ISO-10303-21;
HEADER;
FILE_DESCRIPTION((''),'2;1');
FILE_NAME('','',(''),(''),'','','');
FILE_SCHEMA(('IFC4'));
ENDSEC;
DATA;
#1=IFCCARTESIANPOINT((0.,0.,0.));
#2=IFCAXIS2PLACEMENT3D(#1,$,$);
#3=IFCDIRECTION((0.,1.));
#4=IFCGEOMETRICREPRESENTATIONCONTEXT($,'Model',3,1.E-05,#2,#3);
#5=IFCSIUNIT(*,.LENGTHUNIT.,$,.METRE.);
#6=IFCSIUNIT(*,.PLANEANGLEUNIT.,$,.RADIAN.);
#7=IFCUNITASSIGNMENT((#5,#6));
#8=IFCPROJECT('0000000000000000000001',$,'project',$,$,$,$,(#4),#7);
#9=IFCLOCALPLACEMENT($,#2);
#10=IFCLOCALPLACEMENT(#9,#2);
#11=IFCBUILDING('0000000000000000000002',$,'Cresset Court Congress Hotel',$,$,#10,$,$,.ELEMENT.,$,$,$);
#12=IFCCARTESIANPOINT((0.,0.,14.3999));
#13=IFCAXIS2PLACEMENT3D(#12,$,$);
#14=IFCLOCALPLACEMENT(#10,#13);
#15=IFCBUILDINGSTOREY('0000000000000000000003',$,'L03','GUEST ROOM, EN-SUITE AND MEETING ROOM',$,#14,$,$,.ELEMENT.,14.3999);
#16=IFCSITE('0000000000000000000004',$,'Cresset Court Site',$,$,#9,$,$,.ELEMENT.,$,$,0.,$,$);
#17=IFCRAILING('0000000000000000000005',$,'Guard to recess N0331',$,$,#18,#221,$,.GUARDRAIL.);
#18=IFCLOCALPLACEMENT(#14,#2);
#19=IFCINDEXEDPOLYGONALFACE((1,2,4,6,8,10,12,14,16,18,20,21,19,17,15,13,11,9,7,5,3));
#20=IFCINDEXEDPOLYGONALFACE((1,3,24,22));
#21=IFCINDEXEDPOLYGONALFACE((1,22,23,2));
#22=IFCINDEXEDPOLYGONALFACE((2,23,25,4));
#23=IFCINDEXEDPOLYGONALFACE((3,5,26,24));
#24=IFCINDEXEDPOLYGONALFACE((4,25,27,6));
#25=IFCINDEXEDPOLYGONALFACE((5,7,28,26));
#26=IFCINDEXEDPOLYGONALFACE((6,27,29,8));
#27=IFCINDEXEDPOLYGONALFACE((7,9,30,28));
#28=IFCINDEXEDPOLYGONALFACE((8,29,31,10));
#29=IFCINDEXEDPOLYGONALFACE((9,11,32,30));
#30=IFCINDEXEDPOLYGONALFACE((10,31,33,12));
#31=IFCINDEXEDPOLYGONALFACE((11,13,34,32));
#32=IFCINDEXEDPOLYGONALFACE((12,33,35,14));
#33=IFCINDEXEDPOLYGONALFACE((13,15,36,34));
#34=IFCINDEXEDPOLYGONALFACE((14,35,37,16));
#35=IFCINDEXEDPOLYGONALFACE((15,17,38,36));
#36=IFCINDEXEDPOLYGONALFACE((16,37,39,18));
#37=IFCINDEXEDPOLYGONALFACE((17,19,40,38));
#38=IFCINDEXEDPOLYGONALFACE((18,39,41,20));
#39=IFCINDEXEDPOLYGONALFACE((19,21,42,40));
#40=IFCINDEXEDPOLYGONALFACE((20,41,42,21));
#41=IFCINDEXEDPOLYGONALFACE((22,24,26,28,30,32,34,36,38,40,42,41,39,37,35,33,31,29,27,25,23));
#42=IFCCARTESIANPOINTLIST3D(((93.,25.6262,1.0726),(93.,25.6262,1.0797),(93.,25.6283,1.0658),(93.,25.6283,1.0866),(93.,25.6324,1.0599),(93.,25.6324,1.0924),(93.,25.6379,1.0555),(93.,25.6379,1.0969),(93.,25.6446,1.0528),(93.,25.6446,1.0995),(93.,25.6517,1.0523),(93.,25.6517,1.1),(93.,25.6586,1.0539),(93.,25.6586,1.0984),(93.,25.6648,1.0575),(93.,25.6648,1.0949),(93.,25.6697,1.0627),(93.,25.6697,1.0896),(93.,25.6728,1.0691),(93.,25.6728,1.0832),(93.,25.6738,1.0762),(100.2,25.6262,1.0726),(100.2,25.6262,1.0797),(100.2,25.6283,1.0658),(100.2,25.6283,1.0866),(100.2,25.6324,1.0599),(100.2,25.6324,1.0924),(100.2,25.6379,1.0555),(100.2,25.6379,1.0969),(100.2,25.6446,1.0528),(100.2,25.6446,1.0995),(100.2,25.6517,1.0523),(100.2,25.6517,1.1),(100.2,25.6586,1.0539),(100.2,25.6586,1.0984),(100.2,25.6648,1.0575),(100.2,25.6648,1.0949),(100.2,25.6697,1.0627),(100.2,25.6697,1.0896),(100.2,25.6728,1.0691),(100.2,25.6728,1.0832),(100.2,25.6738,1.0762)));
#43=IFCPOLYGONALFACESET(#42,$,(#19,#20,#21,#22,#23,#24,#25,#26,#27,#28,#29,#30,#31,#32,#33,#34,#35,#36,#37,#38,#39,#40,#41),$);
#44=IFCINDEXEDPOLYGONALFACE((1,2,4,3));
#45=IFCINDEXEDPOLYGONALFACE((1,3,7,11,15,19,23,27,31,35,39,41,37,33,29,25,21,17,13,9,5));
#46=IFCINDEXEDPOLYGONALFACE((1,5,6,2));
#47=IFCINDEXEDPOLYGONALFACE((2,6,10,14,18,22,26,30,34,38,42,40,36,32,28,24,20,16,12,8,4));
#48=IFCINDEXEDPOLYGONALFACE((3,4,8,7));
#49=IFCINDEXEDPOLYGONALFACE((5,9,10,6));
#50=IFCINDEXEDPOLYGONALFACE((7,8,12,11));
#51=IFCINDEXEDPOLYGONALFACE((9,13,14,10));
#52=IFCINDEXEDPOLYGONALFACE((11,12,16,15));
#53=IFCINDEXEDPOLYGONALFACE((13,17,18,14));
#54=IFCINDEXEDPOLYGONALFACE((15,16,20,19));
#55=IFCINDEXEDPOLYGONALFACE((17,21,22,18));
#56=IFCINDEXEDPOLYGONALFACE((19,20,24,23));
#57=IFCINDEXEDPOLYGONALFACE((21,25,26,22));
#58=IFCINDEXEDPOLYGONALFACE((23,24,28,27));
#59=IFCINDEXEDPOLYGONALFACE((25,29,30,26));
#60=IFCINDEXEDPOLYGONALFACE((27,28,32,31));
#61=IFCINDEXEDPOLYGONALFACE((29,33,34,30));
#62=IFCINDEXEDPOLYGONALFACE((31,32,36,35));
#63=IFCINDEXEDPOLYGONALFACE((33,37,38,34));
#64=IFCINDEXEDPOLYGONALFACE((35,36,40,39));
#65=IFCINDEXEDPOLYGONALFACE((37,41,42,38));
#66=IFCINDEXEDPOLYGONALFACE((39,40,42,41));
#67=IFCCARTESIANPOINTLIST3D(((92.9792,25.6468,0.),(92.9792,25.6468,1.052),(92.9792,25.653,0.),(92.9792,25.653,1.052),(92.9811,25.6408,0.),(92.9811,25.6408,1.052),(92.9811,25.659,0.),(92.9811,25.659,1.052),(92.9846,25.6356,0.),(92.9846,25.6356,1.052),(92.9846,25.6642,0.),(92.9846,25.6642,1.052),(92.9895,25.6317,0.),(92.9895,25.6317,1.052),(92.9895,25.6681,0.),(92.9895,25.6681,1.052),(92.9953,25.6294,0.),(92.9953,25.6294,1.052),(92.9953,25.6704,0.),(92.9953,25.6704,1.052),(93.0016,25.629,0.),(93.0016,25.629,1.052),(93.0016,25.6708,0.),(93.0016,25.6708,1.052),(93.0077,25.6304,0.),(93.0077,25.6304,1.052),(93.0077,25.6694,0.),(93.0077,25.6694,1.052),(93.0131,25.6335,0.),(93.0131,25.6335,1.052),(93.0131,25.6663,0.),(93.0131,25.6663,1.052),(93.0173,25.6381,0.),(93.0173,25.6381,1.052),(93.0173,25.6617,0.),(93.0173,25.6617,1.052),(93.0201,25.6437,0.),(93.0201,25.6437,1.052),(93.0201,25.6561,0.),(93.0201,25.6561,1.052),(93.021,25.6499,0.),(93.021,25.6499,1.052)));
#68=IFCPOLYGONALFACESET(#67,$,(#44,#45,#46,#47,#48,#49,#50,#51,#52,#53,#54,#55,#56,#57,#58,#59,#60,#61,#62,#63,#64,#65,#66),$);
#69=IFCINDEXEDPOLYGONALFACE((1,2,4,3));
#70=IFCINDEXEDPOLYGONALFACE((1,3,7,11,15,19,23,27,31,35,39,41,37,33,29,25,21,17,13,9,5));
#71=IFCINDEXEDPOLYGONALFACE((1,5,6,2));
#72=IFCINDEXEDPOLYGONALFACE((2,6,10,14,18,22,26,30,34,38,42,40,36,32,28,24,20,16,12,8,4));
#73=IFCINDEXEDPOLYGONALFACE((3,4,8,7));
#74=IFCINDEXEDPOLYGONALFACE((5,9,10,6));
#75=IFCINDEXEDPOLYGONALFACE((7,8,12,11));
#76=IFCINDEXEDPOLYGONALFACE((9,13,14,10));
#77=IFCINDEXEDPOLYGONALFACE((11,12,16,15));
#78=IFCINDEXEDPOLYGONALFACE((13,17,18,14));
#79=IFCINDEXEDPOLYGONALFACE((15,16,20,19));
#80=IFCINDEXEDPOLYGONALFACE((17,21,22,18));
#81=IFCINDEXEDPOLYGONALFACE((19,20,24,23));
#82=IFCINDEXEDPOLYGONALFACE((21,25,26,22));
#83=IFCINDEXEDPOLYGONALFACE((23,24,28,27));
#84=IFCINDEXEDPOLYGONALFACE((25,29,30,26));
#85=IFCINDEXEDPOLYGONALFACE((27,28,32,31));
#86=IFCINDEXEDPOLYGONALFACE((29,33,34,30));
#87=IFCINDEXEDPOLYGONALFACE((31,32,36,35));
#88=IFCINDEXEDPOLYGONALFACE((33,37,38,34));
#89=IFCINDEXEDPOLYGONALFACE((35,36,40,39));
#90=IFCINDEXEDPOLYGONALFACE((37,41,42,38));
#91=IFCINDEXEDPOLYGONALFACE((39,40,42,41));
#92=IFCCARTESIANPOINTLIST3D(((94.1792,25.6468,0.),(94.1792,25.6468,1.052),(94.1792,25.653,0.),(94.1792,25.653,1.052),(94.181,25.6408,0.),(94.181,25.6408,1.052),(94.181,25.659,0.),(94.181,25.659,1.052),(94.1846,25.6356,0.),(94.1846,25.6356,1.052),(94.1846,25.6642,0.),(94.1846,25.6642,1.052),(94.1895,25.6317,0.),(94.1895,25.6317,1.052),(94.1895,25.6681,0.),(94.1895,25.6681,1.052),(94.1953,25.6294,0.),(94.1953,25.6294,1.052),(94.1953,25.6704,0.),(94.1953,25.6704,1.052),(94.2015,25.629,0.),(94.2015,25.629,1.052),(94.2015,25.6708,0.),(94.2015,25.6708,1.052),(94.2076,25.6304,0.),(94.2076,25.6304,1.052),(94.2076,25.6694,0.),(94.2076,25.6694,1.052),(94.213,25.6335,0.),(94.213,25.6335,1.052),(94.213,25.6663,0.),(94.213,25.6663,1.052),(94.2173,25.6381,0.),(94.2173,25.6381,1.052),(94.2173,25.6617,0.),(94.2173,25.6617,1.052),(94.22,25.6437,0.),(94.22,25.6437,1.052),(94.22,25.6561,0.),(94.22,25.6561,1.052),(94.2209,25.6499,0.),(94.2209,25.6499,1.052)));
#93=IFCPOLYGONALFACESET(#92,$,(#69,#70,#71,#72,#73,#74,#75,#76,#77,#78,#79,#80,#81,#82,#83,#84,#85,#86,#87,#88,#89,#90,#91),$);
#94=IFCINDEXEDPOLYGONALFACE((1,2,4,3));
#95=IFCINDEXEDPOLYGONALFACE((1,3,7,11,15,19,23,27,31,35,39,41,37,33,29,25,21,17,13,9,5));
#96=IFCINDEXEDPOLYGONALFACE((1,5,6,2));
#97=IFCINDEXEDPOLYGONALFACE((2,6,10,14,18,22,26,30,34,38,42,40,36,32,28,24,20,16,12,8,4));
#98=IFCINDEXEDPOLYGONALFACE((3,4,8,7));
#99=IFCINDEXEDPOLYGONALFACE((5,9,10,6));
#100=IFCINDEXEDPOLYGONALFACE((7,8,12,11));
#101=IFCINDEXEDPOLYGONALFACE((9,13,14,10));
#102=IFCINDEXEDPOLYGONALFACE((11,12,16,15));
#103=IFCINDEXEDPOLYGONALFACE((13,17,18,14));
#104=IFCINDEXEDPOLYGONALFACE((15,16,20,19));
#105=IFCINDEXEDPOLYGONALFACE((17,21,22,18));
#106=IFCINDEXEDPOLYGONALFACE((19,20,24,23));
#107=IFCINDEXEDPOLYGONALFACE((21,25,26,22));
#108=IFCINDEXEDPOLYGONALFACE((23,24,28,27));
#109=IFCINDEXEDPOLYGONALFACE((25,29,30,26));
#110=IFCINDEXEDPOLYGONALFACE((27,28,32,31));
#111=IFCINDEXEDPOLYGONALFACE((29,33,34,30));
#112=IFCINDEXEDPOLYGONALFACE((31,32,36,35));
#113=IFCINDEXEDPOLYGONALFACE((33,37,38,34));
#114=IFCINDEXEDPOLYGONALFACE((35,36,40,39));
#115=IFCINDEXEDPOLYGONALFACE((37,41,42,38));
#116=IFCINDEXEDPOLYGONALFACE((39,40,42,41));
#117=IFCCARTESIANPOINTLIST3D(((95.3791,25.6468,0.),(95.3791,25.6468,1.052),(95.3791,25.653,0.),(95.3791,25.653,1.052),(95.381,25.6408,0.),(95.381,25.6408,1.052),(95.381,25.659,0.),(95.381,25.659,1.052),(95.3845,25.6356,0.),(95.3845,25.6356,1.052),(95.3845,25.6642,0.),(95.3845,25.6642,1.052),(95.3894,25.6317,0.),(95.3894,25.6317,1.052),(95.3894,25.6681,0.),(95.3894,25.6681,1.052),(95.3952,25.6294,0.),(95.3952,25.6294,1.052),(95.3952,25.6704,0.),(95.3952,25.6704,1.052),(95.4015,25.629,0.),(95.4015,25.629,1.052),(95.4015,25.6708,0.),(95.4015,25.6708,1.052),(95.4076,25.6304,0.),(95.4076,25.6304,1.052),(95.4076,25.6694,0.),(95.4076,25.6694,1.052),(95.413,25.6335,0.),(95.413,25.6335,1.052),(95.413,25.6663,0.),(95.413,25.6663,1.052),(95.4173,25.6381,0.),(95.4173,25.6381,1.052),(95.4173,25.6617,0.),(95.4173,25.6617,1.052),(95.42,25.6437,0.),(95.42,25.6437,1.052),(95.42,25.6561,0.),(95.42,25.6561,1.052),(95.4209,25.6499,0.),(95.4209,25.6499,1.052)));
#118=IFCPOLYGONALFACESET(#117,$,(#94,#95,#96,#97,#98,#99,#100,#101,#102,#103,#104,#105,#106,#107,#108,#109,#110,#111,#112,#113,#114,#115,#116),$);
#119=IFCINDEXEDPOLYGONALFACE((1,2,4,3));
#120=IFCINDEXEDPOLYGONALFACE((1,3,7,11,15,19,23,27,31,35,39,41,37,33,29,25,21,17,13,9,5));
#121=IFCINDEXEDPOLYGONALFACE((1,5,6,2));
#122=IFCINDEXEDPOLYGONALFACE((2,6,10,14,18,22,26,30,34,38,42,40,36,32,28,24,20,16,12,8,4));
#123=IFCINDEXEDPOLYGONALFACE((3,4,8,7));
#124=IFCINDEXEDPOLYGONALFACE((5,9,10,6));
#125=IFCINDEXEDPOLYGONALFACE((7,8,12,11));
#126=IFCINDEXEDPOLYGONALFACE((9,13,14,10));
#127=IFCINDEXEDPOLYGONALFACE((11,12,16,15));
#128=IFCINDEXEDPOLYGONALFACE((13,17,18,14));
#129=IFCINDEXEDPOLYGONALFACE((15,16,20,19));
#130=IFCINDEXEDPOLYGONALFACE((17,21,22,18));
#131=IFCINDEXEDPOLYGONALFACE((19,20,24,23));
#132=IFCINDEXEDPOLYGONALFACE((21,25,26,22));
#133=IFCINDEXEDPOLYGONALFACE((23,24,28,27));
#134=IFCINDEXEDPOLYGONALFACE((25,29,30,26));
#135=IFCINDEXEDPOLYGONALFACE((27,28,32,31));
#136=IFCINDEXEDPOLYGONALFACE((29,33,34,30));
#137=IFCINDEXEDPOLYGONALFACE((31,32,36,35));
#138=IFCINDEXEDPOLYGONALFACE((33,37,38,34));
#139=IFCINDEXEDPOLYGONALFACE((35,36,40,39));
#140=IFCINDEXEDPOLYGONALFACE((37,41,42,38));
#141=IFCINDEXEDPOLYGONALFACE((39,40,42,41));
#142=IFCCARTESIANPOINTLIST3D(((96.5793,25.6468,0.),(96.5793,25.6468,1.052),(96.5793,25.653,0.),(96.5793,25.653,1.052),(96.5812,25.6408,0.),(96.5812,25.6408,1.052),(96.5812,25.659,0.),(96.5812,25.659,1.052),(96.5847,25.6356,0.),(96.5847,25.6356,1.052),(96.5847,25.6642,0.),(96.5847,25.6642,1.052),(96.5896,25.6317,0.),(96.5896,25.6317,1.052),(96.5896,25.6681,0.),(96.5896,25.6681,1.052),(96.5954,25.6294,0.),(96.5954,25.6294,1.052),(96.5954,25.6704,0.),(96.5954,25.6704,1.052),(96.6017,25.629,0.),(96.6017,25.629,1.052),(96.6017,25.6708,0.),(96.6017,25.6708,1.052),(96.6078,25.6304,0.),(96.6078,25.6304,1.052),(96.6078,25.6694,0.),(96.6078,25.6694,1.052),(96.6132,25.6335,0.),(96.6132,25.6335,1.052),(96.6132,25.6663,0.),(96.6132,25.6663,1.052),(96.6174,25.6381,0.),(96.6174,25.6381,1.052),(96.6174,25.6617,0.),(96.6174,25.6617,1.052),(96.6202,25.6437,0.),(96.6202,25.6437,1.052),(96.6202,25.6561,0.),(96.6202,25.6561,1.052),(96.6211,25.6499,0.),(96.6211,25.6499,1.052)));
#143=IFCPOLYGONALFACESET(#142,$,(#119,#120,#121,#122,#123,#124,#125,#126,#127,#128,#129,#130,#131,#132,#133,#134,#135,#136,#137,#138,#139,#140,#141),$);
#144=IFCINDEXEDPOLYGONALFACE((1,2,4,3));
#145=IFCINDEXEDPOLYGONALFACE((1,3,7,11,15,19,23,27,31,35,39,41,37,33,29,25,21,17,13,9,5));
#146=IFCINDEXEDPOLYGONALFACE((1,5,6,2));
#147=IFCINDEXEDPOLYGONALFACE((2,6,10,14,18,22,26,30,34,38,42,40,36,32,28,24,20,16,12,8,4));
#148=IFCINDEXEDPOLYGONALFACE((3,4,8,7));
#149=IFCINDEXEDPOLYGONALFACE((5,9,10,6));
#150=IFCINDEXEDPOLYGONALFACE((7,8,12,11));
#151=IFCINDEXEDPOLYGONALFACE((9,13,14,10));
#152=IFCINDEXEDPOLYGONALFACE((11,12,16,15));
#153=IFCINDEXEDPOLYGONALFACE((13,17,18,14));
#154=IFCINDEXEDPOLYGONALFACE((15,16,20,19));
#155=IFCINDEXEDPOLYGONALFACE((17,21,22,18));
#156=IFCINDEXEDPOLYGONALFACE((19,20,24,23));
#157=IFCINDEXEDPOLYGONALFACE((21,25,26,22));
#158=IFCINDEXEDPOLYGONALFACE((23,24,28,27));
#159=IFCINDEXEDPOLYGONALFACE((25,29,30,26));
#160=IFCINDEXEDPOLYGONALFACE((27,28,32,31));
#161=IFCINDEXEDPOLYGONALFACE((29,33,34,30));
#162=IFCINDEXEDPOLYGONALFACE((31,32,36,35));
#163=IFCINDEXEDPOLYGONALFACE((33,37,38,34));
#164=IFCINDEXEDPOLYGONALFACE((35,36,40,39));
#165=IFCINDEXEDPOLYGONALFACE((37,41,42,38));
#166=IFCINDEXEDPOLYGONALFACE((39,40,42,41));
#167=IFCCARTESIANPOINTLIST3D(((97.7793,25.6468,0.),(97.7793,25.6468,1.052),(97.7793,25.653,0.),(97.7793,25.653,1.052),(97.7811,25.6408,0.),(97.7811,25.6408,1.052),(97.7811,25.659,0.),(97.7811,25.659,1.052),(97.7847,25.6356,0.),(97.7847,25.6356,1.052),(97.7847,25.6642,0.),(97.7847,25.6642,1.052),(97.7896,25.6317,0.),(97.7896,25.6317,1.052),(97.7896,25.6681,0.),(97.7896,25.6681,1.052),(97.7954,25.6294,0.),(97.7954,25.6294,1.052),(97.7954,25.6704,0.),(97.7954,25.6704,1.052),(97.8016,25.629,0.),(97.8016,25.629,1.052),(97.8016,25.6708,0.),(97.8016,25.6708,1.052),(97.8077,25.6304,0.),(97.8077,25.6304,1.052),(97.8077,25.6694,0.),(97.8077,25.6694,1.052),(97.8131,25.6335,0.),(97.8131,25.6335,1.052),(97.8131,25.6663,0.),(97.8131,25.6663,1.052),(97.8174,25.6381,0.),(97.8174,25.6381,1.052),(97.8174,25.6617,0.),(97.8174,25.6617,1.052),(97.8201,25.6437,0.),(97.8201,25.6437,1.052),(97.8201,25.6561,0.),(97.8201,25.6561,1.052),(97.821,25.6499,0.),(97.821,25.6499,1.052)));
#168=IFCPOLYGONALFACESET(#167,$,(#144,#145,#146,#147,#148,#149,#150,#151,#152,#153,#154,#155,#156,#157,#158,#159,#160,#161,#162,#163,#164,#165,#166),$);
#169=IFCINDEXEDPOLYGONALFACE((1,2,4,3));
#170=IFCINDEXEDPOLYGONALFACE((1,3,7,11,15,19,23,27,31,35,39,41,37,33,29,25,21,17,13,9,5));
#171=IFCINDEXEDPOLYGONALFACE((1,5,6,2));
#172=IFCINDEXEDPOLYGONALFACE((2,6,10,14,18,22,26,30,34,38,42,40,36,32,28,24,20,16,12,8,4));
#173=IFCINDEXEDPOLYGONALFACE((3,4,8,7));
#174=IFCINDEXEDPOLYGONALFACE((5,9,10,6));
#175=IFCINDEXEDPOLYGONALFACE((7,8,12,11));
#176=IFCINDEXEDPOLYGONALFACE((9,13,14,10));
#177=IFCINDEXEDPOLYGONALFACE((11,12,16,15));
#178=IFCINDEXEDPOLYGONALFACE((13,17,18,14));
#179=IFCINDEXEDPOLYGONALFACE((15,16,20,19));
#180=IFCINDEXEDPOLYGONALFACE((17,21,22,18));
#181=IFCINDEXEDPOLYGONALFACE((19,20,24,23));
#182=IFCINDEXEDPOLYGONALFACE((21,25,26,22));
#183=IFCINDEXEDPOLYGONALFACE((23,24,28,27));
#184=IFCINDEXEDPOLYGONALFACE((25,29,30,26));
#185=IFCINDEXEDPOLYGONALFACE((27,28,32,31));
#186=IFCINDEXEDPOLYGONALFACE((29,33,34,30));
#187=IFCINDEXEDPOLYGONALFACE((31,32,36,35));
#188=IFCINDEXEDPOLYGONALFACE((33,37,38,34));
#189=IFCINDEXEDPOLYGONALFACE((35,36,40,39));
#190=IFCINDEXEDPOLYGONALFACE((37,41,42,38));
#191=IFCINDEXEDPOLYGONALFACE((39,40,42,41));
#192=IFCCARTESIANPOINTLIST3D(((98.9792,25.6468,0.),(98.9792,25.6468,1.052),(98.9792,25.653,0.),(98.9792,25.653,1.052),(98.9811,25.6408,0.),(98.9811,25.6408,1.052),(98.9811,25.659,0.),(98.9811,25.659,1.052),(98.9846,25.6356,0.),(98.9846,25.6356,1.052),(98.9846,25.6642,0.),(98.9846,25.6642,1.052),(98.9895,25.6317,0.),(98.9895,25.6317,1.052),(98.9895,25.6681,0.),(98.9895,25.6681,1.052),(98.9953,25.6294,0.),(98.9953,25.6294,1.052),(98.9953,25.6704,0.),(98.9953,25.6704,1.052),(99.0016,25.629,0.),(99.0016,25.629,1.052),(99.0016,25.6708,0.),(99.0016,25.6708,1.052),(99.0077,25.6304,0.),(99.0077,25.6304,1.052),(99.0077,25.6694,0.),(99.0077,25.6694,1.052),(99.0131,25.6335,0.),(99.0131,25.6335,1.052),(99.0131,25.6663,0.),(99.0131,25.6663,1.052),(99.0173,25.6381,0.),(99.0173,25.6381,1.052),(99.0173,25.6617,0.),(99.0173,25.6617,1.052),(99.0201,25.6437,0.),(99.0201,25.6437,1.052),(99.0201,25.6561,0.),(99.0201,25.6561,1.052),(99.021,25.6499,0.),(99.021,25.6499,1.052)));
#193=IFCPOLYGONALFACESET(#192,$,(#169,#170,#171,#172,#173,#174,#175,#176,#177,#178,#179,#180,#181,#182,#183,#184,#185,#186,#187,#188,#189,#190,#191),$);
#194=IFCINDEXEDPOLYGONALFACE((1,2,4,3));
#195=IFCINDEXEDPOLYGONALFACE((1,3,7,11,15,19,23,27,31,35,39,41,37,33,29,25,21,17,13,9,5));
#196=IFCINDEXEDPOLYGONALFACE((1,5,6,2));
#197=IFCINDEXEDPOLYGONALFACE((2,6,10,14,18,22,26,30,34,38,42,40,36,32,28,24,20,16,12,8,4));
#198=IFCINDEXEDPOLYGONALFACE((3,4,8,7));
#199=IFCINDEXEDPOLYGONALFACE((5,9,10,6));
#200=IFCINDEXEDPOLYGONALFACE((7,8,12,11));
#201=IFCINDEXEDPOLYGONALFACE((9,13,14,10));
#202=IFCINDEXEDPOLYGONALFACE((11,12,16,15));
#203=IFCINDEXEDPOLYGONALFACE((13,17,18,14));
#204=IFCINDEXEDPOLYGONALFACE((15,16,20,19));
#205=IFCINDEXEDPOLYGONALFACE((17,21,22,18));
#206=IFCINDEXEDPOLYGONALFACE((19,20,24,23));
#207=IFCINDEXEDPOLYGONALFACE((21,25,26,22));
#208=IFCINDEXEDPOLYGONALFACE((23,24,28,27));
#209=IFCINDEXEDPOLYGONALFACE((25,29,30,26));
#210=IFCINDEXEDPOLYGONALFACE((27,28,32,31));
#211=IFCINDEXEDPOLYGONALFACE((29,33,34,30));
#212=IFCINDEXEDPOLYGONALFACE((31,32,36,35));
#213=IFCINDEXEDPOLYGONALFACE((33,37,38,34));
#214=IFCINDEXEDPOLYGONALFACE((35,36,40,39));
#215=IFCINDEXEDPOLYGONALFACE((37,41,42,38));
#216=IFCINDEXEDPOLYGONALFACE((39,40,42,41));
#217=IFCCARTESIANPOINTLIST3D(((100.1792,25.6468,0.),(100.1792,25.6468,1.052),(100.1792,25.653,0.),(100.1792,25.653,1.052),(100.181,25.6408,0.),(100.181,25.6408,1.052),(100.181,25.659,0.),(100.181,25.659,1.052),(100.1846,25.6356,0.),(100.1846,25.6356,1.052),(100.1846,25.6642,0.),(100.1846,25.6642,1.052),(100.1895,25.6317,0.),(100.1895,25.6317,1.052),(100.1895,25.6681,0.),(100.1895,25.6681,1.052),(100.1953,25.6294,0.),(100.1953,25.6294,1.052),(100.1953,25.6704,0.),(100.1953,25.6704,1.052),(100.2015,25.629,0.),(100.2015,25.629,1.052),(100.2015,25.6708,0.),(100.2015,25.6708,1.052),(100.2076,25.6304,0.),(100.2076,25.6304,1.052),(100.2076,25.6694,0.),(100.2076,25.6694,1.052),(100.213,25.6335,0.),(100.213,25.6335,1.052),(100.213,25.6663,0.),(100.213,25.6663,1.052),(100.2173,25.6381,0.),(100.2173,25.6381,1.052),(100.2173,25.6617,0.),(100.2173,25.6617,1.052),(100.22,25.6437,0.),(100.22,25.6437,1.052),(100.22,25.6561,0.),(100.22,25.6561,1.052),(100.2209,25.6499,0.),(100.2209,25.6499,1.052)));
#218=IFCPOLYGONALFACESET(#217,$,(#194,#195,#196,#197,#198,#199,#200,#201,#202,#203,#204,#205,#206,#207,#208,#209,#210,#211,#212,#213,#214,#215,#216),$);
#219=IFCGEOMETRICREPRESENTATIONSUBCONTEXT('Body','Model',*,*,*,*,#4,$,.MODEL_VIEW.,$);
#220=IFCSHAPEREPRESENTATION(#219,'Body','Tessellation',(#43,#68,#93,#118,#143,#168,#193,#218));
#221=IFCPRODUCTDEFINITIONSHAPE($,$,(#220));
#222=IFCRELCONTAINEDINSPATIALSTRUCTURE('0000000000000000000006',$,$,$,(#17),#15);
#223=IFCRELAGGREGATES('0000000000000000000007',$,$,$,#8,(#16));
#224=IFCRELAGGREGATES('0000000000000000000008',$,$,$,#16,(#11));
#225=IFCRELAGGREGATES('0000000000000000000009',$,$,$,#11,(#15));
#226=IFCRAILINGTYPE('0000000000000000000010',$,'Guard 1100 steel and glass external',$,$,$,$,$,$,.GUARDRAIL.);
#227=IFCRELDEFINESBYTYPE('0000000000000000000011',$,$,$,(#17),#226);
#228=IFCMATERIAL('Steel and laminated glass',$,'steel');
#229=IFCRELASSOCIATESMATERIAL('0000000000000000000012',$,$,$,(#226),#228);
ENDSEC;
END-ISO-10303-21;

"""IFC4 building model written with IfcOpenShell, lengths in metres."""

from ifc_helpers import new_model, si_unit, direction, frame, origin, origin_2d, place, context, subcontext, project, spatial, circle, extrude, material, type_object, element, save


model = new_model("IFC4")

# Units and contexts
model_context = context("Model", 3, precision=1e-05, world=origin(), true_north=direction((0.0, 1.0)))
body_context = subcontext(model_context, "Body", "Model", "MODEL_VIEW")
ifc_project = project(units=[si_unit("LENGTHUNIT", "METRE"), si_unit("PLANEANGLEUNIT", "RADIAN")], contexts=[model_context])

# Site, building, storey
site_placement = place(None, origin())
site = spatial("IfcSite", under=ifc_project, at=site_placement, Name="Cresset Court Site", CompositionType="ELEMENT", RefElevation=0.0)
building_placement = place(site_placement, origin())
building = spatial("IfcBuilding", under=site, at=building_placement, Name="Cresset Court Congress Hotel", CompositionType="ELEMENT")
storey_placement = place(building_placement, frame((0.0, 0.0, 14.3999)))
storey = spatial("IfcBuildingStorey", under=building, at=storey_placement, Name="L03", Description="GUEST ROOM, EN-SUITE AND MEETING ROOM", CompositionType="ELEMENT", Elevation=14.3999)

# Railing
ifc_material_1 = material(Name="Steel and laminated glass", Category="steel")
railing_type = type_object("IfcRailingType", Name="Guard 1100 steel and glass external", PredefinedType="GUARDRAIL", material=ifc_material_1)
railing_placement = place(storey_placement, frame((93.0, 25.6499, 0.0)))
element("IfcRailing", 1, at=railing_placement, inside=storey, type_object=railing_type, Name="Guard to recess N0331", PredefinedType="GUARDRAIL", context=body_context, shape_type="SweptSolid", body=[
    extrude(circle(Radius=0.0239, at=origin_2d()), frame((0.0, 0.0, 1.0762), z_axis=(1.0, 0.0, 0.0), x_axis=(0.0, 1.0, 0.0)), (0.0, 0.0, 1.0), 7.2),
    extrude(circle(Radius=0.021, at=origin_2d()), origin(), (0.0, 0.0, 1.0), 1.052),
    extrude(circle(Radius=0.021, at=origin_2d()), frame((1.2, 0.0, 0.0)), (0.0, 0.0, 1.0), 1.052),
    extrude(circle(Radius=0.021, at=origin_2d()), frame((2.3999, 0.0, 0.0)), (0.0, 0.0, 1.0), 1.052),
    extrude(circle(Radius=0.021, at=origin_2d()), frame((3.6001, 0.0, 0.0)), (0.0, 0.0, 1.0), 1.052),
    extrude(circle(Radius=0.021, at=origin_2d()), frame((4.8, 0.0, 0.0)), (0.0, 0.0, 1.0), 1.052),
    extrude(circle(Radius=0.021, at=origin_2d()), frame((6.0, 0.0, 0.0)), (0.0, 0.0, 1.0), 1.052),
    extrude(circle(Radius=0.021, at=origin_2d()), frame((7.2, 0.0, 0.0)), (0.0, 0.0, 1.0), 1.052),
])

save(model, "model.ifc")
